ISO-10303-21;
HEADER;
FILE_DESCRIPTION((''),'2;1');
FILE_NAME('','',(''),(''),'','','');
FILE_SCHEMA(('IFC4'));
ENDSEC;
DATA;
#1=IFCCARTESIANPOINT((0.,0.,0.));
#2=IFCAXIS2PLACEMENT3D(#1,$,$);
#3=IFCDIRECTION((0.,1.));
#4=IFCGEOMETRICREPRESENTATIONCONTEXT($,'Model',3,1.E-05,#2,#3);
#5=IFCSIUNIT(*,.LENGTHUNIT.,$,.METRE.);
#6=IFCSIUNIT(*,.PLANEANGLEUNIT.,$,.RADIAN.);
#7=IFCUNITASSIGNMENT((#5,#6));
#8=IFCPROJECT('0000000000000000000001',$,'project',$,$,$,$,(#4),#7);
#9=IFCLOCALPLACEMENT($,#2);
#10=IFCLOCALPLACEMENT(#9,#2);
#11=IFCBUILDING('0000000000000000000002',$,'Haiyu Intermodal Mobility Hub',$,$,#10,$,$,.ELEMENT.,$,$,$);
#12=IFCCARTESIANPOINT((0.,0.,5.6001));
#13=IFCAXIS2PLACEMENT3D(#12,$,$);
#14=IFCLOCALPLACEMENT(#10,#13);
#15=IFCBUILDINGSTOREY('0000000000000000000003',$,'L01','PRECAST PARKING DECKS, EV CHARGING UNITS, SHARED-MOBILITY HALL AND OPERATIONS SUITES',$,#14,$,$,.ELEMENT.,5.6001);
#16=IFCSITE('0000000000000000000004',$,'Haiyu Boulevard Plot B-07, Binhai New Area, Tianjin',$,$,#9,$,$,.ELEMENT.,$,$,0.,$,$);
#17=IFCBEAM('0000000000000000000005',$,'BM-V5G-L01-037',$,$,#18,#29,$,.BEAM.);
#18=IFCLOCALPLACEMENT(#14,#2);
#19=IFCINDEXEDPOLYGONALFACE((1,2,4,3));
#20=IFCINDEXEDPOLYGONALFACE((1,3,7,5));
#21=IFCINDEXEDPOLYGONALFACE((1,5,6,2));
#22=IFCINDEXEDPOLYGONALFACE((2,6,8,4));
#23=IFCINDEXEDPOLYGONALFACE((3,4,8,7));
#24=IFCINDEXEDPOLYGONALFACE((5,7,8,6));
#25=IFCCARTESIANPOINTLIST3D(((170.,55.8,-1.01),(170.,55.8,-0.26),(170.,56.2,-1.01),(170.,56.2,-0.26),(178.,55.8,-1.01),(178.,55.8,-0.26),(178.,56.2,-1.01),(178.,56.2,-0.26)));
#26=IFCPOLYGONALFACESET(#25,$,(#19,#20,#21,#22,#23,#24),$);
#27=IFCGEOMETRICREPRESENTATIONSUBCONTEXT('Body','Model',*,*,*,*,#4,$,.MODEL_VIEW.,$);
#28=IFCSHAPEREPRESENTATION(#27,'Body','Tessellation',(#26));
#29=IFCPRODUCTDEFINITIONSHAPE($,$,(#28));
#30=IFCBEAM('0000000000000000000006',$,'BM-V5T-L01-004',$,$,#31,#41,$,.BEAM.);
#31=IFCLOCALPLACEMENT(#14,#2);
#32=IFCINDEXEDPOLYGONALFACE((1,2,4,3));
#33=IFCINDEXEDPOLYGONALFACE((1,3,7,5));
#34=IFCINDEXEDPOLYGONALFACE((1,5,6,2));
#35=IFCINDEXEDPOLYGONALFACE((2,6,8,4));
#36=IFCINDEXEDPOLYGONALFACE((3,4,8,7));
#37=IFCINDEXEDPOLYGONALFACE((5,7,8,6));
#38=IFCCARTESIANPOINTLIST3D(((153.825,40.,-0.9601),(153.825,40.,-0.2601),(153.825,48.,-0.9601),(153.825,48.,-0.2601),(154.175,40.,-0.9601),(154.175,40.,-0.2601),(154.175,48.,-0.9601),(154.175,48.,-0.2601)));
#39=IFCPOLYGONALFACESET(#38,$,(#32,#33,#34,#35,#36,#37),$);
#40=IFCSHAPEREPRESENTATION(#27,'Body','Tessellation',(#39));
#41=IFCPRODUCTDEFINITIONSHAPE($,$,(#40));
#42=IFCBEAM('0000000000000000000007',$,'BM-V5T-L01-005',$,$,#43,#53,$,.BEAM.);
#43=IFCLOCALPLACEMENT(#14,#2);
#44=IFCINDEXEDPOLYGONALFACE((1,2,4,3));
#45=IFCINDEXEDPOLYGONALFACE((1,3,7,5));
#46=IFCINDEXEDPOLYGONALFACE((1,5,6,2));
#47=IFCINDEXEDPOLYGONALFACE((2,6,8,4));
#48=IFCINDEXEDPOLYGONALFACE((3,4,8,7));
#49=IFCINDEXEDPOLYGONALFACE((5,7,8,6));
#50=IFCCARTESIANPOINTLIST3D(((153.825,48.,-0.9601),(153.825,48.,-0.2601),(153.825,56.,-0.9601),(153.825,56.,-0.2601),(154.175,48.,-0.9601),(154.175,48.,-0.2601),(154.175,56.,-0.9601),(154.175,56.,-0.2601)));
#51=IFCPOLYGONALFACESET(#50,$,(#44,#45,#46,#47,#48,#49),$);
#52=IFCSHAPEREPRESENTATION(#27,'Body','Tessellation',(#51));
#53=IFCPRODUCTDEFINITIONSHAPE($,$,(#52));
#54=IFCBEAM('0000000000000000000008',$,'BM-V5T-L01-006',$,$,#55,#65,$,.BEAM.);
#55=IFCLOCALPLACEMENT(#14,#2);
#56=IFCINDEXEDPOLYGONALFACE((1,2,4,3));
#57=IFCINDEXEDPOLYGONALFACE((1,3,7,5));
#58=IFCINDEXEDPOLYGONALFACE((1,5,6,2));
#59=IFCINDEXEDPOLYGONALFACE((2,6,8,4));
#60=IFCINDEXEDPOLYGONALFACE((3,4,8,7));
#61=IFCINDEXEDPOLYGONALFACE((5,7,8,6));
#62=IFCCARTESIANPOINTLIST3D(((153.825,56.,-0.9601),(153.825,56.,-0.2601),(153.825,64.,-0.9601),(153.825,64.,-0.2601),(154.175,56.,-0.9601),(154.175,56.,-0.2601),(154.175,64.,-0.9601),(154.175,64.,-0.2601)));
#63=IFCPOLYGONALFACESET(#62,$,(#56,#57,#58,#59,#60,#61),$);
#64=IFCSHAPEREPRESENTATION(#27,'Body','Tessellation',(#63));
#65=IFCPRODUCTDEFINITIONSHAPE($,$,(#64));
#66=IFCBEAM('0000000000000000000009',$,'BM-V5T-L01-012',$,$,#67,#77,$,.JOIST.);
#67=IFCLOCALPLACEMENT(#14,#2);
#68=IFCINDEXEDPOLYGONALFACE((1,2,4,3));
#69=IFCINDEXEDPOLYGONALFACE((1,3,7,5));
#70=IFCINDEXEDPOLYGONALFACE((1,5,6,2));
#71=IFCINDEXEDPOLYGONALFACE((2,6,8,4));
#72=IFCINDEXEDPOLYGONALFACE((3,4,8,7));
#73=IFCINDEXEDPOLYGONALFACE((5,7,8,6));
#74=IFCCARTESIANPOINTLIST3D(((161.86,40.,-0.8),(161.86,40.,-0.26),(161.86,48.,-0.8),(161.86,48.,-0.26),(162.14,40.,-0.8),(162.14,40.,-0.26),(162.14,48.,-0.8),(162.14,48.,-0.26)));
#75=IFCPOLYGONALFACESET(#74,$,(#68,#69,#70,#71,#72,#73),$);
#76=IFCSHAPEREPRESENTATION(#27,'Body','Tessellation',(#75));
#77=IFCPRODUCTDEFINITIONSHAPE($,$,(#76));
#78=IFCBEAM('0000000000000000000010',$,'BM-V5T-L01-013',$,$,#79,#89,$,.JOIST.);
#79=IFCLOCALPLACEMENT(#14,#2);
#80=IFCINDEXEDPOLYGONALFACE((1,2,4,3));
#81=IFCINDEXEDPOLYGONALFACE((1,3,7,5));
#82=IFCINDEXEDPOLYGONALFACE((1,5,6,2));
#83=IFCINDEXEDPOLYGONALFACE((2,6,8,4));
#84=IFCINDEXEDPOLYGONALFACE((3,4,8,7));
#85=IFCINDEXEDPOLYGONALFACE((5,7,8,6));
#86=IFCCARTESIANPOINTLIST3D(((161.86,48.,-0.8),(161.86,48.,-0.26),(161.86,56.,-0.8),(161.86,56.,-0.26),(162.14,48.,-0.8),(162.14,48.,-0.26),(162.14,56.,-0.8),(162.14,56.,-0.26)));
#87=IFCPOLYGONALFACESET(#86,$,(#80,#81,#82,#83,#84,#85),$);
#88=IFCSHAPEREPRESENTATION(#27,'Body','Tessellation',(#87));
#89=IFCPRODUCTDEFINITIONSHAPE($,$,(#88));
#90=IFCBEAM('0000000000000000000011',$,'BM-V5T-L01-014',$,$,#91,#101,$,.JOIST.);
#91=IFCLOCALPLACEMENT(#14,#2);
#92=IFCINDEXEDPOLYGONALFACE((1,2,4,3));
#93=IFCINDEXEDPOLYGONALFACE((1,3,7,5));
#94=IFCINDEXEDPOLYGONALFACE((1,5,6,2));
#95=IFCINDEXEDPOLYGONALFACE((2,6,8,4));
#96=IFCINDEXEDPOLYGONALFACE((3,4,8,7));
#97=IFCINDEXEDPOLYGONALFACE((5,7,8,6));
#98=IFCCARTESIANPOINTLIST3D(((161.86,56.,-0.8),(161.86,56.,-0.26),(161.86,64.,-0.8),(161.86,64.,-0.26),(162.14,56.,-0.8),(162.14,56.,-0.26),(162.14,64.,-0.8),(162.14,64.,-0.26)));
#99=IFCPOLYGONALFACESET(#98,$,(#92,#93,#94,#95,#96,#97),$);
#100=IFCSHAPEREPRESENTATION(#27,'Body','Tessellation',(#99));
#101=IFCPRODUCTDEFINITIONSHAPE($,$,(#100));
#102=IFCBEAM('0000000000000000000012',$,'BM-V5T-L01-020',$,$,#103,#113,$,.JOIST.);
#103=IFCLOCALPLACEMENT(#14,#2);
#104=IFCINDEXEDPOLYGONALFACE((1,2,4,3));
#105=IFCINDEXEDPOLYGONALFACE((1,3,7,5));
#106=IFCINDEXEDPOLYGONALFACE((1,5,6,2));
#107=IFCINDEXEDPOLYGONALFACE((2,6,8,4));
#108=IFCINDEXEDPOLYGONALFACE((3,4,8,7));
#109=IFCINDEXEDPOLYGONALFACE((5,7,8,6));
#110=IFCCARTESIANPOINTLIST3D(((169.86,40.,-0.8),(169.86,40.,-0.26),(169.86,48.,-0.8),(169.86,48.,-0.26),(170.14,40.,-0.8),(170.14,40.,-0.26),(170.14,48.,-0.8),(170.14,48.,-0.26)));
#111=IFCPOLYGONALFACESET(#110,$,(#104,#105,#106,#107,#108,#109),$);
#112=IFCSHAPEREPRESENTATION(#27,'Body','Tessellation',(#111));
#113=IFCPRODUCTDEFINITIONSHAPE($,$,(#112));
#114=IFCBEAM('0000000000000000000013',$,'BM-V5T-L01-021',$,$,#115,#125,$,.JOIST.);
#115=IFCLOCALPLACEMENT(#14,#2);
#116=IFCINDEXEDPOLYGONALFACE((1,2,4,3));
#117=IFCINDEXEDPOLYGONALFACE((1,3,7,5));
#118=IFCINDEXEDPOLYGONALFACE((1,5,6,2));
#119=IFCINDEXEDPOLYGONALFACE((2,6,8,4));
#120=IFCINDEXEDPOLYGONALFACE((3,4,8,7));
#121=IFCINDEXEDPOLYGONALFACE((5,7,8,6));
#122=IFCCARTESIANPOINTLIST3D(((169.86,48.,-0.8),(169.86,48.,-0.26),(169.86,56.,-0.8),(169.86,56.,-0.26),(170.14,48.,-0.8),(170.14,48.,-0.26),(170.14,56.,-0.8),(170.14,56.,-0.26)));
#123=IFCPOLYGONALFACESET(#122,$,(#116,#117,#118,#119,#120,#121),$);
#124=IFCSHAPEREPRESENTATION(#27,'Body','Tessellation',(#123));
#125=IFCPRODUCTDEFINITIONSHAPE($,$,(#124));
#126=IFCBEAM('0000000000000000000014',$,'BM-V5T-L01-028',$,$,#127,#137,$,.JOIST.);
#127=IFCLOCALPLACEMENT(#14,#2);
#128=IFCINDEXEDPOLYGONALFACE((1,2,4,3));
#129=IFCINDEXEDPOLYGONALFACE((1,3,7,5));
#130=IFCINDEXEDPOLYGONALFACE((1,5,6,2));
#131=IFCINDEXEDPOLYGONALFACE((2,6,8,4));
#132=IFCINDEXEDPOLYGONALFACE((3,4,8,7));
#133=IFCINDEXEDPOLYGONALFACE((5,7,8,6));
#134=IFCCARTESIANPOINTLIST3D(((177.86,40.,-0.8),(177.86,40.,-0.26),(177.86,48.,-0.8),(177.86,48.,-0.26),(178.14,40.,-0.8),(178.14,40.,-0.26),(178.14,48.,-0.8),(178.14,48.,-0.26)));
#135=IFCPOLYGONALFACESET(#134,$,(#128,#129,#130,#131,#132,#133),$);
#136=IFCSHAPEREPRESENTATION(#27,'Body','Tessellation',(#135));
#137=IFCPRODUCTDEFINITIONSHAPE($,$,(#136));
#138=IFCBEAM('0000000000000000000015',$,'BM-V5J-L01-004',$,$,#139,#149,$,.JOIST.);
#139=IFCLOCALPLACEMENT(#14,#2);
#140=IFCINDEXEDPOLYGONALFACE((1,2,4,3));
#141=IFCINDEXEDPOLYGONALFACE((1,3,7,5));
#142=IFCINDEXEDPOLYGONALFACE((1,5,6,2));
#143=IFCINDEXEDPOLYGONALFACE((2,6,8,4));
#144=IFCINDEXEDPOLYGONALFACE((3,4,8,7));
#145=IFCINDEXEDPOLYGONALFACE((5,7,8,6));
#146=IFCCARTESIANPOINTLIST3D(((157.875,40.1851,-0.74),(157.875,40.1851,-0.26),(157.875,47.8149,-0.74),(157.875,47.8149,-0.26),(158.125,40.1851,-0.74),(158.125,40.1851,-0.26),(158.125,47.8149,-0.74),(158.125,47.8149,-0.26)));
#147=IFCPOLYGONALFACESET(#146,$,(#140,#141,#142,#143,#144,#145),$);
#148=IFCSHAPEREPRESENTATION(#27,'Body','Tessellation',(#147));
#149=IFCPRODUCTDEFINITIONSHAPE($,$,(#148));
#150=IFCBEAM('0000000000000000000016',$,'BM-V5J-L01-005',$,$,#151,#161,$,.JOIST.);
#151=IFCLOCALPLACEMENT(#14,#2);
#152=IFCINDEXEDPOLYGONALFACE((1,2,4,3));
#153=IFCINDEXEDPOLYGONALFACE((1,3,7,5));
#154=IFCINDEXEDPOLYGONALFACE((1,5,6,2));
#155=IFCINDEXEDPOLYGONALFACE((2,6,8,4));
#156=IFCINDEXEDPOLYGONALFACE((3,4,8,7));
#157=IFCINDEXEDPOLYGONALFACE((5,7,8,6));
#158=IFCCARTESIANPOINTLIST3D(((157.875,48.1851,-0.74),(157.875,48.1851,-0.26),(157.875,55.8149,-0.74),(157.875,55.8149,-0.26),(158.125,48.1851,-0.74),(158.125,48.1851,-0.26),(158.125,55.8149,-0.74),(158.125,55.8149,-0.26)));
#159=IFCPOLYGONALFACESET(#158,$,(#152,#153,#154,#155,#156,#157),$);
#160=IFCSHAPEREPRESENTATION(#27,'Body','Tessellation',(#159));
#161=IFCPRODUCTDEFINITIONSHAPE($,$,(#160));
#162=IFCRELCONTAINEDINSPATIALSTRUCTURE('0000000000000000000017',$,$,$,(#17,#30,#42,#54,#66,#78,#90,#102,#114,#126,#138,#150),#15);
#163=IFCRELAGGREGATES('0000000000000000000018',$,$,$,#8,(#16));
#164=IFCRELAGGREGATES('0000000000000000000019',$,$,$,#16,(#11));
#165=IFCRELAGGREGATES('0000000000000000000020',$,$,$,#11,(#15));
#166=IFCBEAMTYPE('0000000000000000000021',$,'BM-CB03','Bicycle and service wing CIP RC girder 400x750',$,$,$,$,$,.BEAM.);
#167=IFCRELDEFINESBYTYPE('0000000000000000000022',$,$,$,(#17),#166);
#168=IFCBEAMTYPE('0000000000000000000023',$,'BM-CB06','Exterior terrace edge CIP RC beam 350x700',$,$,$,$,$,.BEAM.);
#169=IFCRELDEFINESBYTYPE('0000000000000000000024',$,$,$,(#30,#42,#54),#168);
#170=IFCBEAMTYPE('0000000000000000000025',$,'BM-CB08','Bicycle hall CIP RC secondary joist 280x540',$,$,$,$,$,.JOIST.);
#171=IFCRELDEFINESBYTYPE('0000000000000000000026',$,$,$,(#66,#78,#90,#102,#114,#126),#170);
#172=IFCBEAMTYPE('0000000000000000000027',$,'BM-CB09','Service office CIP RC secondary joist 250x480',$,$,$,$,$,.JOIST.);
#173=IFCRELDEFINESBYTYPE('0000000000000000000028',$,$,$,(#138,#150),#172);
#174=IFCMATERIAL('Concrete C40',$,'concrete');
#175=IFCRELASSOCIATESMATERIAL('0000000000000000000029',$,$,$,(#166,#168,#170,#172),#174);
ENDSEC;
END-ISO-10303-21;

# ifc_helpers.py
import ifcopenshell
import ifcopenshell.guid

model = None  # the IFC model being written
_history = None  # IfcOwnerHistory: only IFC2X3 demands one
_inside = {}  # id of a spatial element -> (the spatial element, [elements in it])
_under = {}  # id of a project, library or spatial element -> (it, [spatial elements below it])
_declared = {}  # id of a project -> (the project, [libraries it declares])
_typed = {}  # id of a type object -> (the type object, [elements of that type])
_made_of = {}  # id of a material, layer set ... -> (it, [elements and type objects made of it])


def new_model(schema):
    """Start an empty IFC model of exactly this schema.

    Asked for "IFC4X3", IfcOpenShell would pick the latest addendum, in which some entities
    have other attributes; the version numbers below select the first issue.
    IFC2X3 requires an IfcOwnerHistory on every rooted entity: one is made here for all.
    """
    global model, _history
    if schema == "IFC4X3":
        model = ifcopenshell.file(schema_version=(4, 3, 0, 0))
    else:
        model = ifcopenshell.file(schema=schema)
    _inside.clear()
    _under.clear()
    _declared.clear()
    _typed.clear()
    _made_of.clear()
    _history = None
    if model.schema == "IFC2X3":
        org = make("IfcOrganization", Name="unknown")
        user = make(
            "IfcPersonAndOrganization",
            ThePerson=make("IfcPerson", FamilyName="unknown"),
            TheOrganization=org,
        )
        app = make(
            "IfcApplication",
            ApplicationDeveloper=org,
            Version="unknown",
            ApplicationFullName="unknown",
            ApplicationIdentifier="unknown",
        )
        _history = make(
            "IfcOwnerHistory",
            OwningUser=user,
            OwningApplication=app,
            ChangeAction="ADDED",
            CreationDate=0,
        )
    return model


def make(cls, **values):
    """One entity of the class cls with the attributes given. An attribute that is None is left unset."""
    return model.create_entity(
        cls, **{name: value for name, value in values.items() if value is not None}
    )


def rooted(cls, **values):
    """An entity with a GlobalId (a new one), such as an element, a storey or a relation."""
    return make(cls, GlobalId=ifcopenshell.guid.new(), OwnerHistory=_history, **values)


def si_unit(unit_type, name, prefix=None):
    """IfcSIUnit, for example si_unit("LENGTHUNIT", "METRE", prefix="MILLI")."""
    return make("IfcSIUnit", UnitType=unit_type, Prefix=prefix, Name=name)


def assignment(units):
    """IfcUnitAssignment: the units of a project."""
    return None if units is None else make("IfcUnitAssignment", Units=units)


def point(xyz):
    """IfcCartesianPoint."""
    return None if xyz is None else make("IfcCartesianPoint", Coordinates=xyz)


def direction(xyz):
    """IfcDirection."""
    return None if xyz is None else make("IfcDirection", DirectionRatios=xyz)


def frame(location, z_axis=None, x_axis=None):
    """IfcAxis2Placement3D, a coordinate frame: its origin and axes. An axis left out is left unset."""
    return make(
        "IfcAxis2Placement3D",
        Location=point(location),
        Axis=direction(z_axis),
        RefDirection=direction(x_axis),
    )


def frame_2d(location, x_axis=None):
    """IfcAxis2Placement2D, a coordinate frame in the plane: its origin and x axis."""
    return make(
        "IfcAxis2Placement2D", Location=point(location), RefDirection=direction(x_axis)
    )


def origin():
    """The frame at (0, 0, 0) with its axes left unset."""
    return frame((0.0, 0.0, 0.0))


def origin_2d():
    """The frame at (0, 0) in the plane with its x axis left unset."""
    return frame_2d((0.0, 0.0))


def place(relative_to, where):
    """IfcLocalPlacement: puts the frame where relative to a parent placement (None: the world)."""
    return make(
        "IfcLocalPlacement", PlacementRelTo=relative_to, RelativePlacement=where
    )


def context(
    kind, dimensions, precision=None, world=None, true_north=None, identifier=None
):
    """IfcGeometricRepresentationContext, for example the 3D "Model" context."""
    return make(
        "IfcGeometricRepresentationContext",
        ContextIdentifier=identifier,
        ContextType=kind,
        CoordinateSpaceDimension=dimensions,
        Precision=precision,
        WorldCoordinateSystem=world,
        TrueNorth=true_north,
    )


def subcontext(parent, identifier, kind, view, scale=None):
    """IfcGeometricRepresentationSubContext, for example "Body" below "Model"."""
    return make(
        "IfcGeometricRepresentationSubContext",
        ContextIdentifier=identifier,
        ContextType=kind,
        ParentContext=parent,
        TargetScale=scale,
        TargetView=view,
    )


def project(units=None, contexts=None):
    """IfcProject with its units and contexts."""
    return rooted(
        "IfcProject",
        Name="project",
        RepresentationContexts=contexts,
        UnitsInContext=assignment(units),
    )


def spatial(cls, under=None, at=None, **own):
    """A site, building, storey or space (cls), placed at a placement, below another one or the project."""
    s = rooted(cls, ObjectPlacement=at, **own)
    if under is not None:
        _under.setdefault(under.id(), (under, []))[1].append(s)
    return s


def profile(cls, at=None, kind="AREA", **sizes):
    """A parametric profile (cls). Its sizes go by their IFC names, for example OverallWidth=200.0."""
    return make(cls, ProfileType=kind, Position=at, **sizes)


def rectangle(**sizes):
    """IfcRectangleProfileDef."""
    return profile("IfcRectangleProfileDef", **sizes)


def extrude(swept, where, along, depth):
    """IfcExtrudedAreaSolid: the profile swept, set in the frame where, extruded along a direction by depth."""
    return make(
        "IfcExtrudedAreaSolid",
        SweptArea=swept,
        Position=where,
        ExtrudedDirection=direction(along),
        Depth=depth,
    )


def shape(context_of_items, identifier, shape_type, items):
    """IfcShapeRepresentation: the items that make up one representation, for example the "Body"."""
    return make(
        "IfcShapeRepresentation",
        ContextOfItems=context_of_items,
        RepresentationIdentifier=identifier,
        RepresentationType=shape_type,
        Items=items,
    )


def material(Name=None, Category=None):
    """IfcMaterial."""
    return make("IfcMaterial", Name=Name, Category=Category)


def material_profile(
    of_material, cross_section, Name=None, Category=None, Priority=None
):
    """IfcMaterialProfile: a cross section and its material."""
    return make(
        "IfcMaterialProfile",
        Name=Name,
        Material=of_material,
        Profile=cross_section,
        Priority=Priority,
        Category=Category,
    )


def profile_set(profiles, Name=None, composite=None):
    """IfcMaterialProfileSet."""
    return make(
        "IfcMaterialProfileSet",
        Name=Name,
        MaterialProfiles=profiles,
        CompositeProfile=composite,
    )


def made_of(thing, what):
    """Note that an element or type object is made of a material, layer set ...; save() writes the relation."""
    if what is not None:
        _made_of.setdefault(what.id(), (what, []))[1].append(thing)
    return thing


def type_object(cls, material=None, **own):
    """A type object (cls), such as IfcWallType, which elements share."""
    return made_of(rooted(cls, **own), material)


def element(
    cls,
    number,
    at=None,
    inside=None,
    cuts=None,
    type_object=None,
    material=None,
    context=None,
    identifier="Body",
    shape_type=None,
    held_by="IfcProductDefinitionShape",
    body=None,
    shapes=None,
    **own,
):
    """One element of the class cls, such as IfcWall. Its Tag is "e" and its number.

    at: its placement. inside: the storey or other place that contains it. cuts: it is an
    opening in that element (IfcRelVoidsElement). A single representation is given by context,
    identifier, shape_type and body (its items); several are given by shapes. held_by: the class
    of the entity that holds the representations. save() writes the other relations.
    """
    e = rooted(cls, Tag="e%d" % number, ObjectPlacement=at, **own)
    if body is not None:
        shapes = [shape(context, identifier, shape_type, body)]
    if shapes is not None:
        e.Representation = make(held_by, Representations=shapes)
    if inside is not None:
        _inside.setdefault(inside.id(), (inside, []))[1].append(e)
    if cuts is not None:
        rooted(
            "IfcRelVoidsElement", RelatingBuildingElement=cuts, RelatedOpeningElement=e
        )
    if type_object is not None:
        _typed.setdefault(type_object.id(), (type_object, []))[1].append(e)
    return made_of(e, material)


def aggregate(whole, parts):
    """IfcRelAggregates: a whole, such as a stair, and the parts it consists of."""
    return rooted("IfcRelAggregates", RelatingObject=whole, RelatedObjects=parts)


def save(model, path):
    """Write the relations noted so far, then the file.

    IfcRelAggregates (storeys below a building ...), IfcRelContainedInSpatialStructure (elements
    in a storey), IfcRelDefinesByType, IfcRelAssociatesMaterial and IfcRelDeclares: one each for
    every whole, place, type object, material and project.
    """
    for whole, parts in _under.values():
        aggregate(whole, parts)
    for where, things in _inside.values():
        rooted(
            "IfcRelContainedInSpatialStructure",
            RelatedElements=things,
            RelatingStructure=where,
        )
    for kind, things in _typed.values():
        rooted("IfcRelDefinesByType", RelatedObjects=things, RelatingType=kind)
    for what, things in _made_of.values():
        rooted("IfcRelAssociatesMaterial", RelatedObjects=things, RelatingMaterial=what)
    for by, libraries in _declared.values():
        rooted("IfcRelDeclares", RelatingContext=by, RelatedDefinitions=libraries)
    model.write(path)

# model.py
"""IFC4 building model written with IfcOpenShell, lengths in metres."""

from ifc_helpers import new_model, si_unit, direction, frame, origin, origin_2d, place, context, subcontext, project, spatial, rectangle, extrude, material, material_profile, profile_set, type_object, element, save


model = new_model("IFC4")

# Units and contexts
model_context = context("Model", 3, precision=1e-05, world=origin(), true_north=direction((0.0, 1.0)))
body_context = subcontext(model_context, "Body", "Model", "MODEL_VIEW")
ifc_project = project(units=[si_unit("LENGTHUNIT", "METRE"), si_unit("PLANEANGLEUNIT", "RADIAN")], contexts=[model_context])

# Site, building, storey
site_placement = place(None, origin())
site = spatial("IfcSite", under=ifc_project, at=site_placement, Name="Haiyu Boulevard Plot B-07, Binhai New Area, Tianjin", CompositionType="ELEMENT", RefElevation=0.0)
building_placement = place(site_placement, origin())
building = spatial("IfcBuilding", under=site, at=building_placement, Name="Haiyu Intermodal Mobility Hub", CompositionType="ELEMENT")
storey_placement = place(building_placement, frame((0.0, 0.0, 5.6001)))
storey = spatial("IfcBuildingStorey", under=building, at=storey_placement, Name="L01", Description="PRECAST PARKING DECKS, EV CHARGING UNITS, SHARED-MOBILITY HALL AND OPERATIONS SUITES", CompositionType="ELEMENT", Elevation=5.6001)

# Shared definitions
ifc_material_1 = material(Name="Concrete C40", Category="concrete")

# Beams
ifc_material_profile_1 = material_profile(ifc_material_1, rectangle(XDim=0.3999, YDim=0.75, at=origin_2d()), Name="RCB400x750")
ifc_profile_set_1 = profile_set([ifc_material_profile_1], Name="Concrete C40")
beam_type_1 = type_object("IfcBeamType", Name="BM-CB03", Description="Bicycle and service wing CIP RC girder 400x750", PredefinedType="BEAM", material=ifc_profile_set_1)
for number, where, z_axis, x_axis, name in (
    (1, (170.0, 56.0, -0.635), (1.0, 0.0, 0.0), (0.0, 1.0, 0.0), "BM-V5G-L01-037"),
):
    element("IfcBeam", number, at=place(storey_placement, frame(where, z_axis=z_axis, x_axis=x_axis)), inside=storey, type_object=beam_type_1, Name=name, PredefinedType="BEAM", context=body_context, shape_type="SweptSolid", body=[
        extrude(rectangle(XDim=0.3999, YDim=0.75, at=origin_2d()), origin(), (0.0, 0.0, 1.0), 8.0),
    ])
ifc_material_profile_2 = material_profile(ifc_material_1, rectangle(XDim=0.3501, YDim=0.7, at=origin_2d()), Name="RCB350x700")
ifc_profile_set_2 = profile_set([ifc_material_profile_2], Name="Concrete C40")
beam_type_2 = type_object("IfcBeamType", Name="BM-CB06", Description="Exterior terrace edge CIP RC beam 350x700", PredefinedType="BEAM", material=ifc_profile_set_2)
for number, where, z_axis, x_axis, name in (
    (2, (154.0, 40.0, -0.6101), (0.0, 1.0, 0.0), (-1.0, 0.0, 0.0), "BM-V5T-L01-004"),
    (3, (154.0, 48.0, -0.6101), (0.0, 1.0, 0.0), (-1.0, 0.0, 0.0), "BM-V5T-L01-005"),
    (4, (154.0, 56.0, -0.6101), (0.0, 1.0, 0.0), (-1.0, 0.0, 0.0), "BM-V5T-L01-006"),
):
    element("IfcBeam", number, at=place(storey_placement, frame(where, z_axis=z_axis, x_axis=x_axis)), inside=storey, type_object=beam_type_2, Name=name, PredefinedType="BEAM", context=body_context, shape_type="SweptSolid", body=[
        extrude(rectangle(XDim=0.3501, YDim=0.7, at=origin_2d()), origin(), (0.0, 0.0, 1.0), 8.0),
    ])
ifc_material_profile_3 = material_profile(ifc_material_1, rectangle(XDim=0.28, YDim=0.54, at=origin_2d()), Name="RCB280x540")
ifc_profile_set_3 = profile_set([ifc_material_profile_3], Name="Concrete C40")
beam_type_3 = type_object("IfcBeamType", Name="BM-CB08", Description="Bicycle hall CIP RC secondary joist 280x540", PredefinedType="JOIST", material=ifc_profile_set_3)
for number, where, z_axis, x_axis, name in (
    (5, (162.0, 40.0, -0.53), (0.0, 1.0, 0.0), (-1.0, 0.0, 0.0), "BM-V5T-L01-012"),
    (6, (162.0, 48.0, -0.53), (0.0, 1.0, 0.0), (-1.0, 0.0, 0.0), "BM-V5T-L01-013"),
    (7, (162.0, 56.0, -0.53), (0.0, 1.0, 0.0), (-1.0, 0.0, 0.0), "BM-V5T-L01-014"),
    (8, (170.0, 40.0, -0.53), (0.0, 1.0, 0.0), (-1.0, 0.0, 0.0), "BM-V5T-L01-020"),
    (9, (170.0, 48.0, -0.53), (0.0, 1.0, 0.0), (-1.0, 0.0, 0.0), "BM-V5T-L01-021"),
    (10, (178.0, 40.0, -0.53), (0.0, 1.0, 0.0), (-1.0, 0.0, 0.0), "BM-V5T-L01-028"),
):
    element("IfcBeam", number, at=place(storey_placement, frame(where, z_axis=z_axis, x_axis=x_axis)), inside=storey, type_object=beam_type_3, Name=name, PredefinedType="JOIST", context=body_context, shape_type="SweptSolid", body=[
        extrude(rectangle(XDim=0.28, YDim=0.54, at=origin_2d()), origin(), (0.0, 0.0, 1.0), 8.0),
    ])
ifc_material_profile_4 = material_profile(ifc_material_1, rectangle(XDim=0.25, YDim=0.48, at=origin_2d()), Name="RCB250x480")
ifc_profile_set_4 = profile_set([ifc_material_profile_4], Name="Concrete C40")
beam_type_4 = type_object("IfcBeamType", Name="BM-CB09", Description="Service office CIP RC secondary joist 250x480", PredefinedType="JOIST", material=ifc_profile_set_4)
for number, where, z_axis, x_axis, name in (
    (11, (158.0, 40.1851, -0.5), (0.0, 1.0, 0.0), (-1.0, 0.0, 0.0), "BM-V5J-L01-004"),
    (12, (158.0, 48.1851, -0.5), (0.0, 1.0, 0.0), (-1.0, 0.0, 0.0), "BM-V5J-L01-005"),
):
    element("IfcBeam", number, at=place(storey_placement, frame(where, z_axis=z_axis, x_axis=x_axis)), inside=storey, type_object=beam_type_4, Name=name, PredefinedType="JOIST", context=body_context, shape_type="SweptSolid", body=[
        extrude(rectangle(XDim=0.25, YDim=0.48, at=origin_2d()), origin(), (0.0, 0.0, 1.0), 7.6299),
    ])

save(model, "model.ifc")
